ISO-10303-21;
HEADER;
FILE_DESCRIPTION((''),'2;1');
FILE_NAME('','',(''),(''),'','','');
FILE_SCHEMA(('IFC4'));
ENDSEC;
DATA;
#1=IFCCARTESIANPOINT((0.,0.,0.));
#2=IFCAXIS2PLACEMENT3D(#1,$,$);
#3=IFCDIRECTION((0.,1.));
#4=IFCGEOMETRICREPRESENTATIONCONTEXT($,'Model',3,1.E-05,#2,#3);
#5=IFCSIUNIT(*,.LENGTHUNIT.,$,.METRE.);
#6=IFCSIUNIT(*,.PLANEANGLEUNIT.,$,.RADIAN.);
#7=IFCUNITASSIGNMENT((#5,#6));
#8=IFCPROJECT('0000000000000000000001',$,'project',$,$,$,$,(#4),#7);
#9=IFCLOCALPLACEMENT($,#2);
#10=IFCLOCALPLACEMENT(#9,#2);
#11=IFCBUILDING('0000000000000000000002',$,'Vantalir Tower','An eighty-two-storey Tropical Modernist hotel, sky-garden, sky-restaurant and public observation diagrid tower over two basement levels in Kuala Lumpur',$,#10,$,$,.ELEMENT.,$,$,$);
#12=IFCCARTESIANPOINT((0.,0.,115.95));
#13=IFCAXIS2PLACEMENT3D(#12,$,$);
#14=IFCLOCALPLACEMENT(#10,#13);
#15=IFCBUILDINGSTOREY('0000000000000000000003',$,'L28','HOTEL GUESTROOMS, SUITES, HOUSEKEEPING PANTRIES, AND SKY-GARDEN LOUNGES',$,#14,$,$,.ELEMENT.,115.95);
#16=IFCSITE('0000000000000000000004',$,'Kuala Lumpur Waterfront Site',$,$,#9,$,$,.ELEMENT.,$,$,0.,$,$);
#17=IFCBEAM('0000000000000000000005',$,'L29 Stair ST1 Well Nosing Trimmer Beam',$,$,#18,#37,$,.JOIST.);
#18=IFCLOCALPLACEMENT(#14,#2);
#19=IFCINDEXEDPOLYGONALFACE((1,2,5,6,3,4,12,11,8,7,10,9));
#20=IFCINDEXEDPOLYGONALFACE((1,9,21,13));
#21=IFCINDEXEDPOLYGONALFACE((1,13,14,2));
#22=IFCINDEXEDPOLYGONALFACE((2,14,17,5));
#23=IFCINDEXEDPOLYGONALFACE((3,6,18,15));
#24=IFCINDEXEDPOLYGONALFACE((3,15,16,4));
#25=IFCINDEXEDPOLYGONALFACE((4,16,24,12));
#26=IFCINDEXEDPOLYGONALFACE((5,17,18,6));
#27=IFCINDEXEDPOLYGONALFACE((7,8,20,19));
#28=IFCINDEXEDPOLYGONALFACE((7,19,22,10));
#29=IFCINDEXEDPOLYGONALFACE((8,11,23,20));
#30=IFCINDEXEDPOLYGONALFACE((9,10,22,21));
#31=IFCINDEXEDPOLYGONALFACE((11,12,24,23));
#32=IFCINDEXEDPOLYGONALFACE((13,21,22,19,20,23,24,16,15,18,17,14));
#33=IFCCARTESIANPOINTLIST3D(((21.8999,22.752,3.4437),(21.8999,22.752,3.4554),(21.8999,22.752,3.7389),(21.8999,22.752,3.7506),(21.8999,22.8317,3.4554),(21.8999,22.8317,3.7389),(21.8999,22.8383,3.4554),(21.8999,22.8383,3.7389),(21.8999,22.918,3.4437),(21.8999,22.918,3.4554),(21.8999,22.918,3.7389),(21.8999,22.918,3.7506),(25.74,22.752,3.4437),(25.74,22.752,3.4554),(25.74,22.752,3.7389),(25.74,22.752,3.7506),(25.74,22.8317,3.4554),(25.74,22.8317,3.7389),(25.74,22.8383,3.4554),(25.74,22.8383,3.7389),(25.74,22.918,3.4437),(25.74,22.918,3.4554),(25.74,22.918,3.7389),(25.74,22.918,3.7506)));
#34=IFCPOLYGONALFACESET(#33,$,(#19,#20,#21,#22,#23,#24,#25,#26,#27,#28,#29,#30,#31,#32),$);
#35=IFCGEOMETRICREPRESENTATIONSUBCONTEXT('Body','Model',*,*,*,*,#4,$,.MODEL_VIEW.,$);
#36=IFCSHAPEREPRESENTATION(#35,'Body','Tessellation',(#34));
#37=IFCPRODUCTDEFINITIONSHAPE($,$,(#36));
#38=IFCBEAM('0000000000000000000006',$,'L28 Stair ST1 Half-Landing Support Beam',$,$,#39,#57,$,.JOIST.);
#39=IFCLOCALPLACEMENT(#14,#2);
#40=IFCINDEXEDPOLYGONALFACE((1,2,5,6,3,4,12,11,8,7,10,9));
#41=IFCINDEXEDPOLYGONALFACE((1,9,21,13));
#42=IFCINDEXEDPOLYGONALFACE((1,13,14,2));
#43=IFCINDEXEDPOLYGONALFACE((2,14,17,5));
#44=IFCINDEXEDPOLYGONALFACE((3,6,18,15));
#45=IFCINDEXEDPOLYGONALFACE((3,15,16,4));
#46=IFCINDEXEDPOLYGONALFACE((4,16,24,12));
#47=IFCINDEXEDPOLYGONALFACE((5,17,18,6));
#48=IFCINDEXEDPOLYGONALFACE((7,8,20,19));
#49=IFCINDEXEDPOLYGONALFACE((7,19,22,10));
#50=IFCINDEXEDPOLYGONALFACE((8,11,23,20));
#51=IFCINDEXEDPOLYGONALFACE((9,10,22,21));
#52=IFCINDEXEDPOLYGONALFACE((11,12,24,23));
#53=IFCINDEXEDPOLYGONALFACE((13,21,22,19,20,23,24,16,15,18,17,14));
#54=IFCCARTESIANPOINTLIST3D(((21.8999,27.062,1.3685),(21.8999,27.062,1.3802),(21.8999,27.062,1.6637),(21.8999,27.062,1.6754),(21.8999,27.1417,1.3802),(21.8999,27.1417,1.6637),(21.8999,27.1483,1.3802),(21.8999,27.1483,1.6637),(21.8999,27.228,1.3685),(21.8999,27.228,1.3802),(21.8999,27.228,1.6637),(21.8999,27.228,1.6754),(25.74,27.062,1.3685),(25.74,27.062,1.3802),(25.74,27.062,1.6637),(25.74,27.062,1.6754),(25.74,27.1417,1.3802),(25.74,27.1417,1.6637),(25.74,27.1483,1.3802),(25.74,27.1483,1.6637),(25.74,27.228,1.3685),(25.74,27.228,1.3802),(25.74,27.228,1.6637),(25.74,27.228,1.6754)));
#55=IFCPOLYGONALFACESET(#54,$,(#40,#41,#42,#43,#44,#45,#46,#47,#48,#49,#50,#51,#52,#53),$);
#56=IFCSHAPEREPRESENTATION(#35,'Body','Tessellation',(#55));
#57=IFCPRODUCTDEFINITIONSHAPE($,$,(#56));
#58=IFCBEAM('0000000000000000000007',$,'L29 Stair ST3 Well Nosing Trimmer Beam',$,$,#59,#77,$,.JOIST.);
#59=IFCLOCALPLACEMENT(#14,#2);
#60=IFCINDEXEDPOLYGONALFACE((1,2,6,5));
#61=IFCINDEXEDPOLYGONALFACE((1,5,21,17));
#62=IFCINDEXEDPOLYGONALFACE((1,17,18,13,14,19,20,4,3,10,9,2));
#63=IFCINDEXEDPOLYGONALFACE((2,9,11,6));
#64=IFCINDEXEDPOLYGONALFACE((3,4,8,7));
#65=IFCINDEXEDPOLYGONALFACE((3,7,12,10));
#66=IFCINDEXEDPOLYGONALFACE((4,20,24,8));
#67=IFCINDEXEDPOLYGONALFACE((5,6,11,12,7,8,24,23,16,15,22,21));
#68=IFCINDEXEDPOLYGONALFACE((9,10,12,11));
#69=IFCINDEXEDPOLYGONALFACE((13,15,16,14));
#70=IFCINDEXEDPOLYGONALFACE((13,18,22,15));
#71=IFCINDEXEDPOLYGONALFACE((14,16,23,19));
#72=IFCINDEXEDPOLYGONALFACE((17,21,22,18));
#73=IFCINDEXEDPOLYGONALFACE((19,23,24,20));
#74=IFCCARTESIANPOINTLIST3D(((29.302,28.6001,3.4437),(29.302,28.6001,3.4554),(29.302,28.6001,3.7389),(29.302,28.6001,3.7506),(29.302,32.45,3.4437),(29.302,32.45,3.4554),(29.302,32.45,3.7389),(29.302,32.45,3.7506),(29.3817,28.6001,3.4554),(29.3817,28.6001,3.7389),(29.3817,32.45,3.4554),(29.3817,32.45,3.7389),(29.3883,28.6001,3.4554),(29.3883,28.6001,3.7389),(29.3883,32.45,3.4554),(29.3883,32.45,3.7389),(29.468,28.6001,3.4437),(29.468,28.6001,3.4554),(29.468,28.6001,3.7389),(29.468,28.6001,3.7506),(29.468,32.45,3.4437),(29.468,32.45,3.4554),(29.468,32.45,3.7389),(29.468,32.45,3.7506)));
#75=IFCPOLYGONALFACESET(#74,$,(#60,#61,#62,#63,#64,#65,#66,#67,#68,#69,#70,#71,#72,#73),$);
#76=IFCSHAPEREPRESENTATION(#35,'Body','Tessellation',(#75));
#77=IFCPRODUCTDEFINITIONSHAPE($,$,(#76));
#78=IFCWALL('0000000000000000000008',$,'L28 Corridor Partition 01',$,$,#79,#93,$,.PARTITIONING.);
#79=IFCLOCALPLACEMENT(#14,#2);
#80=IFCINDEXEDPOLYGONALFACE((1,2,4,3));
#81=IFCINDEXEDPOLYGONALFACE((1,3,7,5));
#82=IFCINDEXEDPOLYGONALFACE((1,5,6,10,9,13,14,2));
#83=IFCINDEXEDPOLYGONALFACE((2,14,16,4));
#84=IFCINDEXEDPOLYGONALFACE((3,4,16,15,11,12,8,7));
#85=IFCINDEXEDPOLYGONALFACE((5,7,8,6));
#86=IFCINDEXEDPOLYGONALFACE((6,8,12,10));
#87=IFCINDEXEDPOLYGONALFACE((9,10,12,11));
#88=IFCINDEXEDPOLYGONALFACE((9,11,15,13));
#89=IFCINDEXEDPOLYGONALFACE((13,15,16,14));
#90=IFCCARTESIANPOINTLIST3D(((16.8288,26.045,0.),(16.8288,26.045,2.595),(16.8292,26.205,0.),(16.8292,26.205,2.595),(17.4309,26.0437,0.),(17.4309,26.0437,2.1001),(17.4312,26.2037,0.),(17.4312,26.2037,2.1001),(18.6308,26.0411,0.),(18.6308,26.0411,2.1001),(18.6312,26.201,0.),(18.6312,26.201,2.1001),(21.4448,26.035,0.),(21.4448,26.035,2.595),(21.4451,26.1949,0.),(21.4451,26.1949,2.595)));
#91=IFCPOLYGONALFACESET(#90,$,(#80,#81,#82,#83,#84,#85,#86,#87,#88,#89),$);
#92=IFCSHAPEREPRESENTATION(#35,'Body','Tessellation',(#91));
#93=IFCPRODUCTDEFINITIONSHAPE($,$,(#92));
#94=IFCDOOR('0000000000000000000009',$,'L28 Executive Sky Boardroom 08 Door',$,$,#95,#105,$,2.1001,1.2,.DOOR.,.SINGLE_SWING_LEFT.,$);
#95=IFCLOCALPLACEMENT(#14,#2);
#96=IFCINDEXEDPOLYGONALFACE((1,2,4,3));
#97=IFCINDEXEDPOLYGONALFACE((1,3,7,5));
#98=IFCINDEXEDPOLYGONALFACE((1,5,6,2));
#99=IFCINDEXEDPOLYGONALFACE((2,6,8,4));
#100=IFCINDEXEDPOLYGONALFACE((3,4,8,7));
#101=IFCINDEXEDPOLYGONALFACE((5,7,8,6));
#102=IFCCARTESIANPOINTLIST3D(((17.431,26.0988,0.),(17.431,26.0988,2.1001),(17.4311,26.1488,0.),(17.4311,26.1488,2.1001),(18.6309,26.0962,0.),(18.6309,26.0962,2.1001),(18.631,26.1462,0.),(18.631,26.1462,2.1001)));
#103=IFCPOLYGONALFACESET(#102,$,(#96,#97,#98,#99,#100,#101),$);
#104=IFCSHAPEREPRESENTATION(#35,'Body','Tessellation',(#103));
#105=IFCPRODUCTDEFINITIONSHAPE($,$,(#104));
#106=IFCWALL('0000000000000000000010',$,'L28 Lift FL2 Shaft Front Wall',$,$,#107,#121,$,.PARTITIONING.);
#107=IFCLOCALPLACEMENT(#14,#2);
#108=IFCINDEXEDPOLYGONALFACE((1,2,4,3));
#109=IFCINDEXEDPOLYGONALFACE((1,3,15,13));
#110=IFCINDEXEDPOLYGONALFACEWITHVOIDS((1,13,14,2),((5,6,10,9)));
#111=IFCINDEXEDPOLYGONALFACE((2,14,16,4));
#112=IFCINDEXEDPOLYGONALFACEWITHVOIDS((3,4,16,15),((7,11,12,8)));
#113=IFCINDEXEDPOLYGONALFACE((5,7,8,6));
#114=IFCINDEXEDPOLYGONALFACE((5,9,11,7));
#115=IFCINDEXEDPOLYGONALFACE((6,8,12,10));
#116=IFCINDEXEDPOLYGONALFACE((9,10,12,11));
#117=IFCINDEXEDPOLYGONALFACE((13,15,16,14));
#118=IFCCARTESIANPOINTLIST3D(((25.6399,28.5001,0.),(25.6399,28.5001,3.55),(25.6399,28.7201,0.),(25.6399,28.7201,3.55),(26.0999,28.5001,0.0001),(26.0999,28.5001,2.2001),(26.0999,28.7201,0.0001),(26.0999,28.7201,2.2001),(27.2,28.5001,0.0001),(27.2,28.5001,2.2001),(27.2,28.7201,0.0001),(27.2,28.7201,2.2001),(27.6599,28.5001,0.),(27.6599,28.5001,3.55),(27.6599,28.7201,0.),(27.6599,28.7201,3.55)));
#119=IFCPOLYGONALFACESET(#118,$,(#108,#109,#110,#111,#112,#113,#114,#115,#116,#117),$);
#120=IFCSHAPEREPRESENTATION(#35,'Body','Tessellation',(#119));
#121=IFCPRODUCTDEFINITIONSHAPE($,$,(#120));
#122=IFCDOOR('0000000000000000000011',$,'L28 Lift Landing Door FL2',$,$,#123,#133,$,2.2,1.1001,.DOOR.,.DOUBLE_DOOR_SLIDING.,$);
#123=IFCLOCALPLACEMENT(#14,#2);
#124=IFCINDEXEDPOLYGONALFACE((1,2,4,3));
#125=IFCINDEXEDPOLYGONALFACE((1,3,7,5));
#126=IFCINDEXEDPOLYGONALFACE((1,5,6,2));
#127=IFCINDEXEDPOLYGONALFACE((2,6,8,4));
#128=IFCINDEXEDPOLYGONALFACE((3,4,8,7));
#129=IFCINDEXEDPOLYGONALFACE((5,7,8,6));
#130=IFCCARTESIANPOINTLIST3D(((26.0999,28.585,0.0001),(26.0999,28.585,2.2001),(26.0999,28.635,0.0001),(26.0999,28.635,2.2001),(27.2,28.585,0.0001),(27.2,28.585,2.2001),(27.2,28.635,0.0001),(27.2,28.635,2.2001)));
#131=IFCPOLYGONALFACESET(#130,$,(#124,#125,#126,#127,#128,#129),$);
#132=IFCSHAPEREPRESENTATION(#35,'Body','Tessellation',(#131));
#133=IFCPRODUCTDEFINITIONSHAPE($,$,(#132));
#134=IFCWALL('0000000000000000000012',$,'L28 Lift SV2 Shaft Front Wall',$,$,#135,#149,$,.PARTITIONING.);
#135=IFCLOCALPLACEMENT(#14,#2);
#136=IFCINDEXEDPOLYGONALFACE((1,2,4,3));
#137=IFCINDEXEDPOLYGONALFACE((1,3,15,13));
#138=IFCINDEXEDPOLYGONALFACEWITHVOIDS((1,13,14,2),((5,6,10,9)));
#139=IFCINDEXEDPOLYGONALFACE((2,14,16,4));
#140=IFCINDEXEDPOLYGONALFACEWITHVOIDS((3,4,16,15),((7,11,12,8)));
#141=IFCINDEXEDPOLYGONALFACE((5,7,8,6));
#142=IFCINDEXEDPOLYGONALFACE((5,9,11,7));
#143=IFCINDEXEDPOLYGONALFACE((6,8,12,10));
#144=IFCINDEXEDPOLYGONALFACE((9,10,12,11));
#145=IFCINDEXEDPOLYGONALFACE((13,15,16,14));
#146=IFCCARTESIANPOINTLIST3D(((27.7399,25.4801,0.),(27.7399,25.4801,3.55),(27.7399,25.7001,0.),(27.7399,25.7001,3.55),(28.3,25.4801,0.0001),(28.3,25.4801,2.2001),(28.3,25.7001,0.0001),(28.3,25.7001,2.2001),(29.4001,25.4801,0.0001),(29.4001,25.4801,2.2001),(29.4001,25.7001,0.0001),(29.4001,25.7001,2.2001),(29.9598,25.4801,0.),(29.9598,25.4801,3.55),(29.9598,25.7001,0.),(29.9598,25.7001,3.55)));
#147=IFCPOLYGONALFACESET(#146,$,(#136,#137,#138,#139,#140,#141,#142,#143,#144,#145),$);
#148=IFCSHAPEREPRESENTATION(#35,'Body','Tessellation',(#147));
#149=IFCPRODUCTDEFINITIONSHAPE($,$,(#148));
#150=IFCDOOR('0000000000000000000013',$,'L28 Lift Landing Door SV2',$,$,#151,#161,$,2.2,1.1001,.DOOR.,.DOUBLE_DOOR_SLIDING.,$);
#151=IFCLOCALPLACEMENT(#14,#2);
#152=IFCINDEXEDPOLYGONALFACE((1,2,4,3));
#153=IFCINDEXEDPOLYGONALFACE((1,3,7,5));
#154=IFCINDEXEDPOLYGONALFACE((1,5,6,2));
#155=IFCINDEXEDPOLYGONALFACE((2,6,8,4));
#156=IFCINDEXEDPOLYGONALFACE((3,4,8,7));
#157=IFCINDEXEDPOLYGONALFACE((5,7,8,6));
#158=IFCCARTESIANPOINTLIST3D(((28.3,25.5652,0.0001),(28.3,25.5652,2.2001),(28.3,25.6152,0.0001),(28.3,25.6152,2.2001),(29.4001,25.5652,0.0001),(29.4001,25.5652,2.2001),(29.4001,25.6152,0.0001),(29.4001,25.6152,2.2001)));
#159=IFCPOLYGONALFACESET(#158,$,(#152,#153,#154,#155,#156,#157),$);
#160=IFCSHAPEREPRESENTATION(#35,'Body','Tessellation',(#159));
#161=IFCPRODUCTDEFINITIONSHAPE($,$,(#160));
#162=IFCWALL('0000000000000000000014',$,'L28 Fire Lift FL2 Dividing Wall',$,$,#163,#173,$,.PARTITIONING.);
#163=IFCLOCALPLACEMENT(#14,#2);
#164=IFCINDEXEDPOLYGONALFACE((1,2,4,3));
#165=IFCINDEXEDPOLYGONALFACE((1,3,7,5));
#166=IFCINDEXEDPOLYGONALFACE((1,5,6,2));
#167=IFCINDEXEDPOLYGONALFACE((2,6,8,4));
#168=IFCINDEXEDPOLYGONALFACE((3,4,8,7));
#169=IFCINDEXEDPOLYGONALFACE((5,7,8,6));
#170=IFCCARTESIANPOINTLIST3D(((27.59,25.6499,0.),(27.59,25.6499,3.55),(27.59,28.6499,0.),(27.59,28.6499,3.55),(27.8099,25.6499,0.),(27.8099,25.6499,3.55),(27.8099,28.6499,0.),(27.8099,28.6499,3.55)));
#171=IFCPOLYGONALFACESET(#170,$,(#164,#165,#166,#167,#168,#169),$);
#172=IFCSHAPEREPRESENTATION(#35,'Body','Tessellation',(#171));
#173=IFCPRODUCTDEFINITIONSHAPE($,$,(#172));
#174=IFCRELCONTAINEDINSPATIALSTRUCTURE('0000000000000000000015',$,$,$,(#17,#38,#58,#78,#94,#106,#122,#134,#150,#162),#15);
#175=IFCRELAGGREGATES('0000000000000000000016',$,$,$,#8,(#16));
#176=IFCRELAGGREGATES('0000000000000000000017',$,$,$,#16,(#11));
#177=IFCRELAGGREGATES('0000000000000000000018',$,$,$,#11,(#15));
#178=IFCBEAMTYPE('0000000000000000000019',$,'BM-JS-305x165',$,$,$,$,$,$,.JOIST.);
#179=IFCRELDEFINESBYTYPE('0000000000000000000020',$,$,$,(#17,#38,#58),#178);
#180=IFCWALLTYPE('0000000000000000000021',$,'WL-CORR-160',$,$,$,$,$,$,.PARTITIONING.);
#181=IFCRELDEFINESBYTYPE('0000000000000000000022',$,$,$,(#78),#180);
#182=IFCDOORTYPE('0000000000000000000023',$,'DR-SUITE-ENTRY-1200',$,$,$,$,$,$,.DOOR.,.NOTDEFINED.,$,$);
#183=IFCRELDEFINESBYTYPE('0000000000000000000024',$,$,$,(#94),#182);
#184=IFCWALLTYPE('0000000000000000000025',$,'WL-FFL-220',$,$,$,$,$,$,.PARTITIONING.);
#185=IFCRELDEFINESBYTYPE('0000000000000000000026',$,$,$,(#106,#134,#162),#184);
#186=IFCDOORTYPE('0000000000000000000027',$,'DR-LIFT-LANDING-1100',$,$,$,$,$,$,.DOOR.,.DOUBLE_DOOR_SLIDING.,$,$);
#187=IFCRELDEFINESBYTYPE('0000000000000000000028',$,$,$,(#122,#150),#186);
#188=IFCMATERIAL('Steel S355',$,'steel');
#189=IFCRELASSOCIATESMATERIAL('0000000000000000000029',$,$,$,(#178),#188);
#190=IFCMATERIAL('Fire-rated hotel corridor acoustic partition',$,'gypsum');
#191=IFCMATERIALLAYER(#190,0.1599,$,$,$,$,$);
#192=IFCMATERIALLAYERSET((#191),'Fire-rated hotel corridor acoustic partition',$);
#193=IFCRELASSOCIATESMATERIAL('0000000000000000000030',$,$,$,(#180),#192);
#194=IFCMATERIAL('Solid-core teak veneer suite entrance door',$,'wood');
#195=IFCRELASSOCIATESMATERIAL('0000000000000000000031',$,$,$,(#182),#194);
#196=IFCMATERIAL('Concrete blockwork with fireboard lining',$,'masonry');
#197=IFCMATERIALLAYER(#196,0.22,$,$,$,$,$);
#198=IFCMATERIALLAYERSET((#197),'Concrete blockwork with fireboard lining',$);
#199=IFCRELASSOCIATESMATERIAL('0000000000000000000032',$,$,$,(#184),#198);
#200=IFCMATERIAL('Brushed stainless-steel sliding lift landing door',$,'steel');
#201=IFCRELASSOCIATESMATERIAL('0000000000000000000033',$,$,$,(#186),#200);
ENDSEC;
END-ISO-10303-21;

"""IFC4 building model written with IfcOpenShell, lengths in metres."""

from ifc_helpers import new_model, si_unit, direction, frame, frame_2d, origin, origin_2d, place, context, subcontext, project, spatial, rectangle, i_section, extrude, material, layer, layer_set, material_profile, profile_set, type_object, element, fill, save


model = new_model("IFC4")

# Units and contexts
model_context = context("Model", 3, precision=1e-05, world=origin(), true_north=direction((0.0, 1.0)))
body_context = subcontext(model_context, "Body", "Model", "MODEL_VIEW")
ifc_project = project(units=[si_unit("LENGTHUNIT", "METRE"), si_unit("PLANEANGLEUNIT", "RADIAN")], contexts=[model_context])

# Site, building, storey
site_placement = place(None, origin())
site = spatial("IfcSite", under=ifc_project, at=site_placement, Name="Kuala Lumpur Waterfront Site", CompositionType="ELEMENT", RefElevation=0.0)
building_placement = place(site_placement, origin())
building = spatial("IfcBuilding", under=site, at=building_placement, Name="Vantalir Tower", Description="An eighty-two-storey Tropical Modernist hotel, sky-garden, sky-restaurant and public observation diagrid tower over two basement levels in Kuala Lumpur", CompositionType="ELEMENT")
storey_placement = place(building_placement, frame((0.0, 0.0, 115.95)))
storey = spatial("IfcBuildingStorey", under=building, at=storey_placement, Name="L28", Description="HOTEL GUESTROOMS, SUITES, HOUSEKEEPING PANTRIES, AND SKY-GARDEN LOUNGES", CompositionType="ELEMENT", Elevation=115.95)

# Beams
ifc_material_1 = material(Name="Steel S355", Category="steel")
ifc_material_profile = material_profile(ifc_material_1, i_section(OverallWidth=0.166, OverallDepth=0.3069, WebThickness=0.0066, FlangeThickness=0.0117, at=origin_2d()), Name="Steel S355")
ifc_profile_set = profile_set([ifc_material_profile], Name="Steel S355")
beam_type = type_object("IfcBeamType", Name="BM-JS-305x165", PredefinedType="JOIST", material=ifc_profile_set)
for number, where, z_axis, x_axis, name in (
    (1, (21.8999, 22.835, 3.5972), (1.0, 0.0, 0.0), (0.0, 1.0, 0.0), "L29 Stair ST1 Well Nosing Trimmer Beam"),
    (2, (21.8999, 27.145, 1.522), (1.0, 0.0, 0.0), (0.0, 1.0, 0.0), "L28 Stair ST1 Half-Landing Support Beam"),
):
    element("IfcBeam", number, at=place(storey_placement, frame(where, z_axis=z_axis, x_axis=x_axis)), inside=storey, type_object=beam_type, Name=name, PredefinedType="JOIST", context=body_context, shape_type="SweptSolid", body=[
        extrude(i_section(OverallWidth=0.166, OverallDepth=0.3069, WebThickness=0.0066, FlangeThickness=0.0117, at=origin_2d()), origin(), (0.0, 0.0, 1.0), 3.8401),
    ])
beam_placement = place(storey_placement, frame((29.385, 28.6001, 3.5972), z_axis=(0.0, 1.0, 0.0), x_axis=(-1.0, 0.0, 0.0)))
element("IfcBeam", 3, at=beam_placement, inside=storey, type_object=beam_type, Name="L29 Stair ST3 Well Nosing Trimmer Beam", PredefinedType="JOIST", context=body_context, shape_type="SweptSolid", body=[
    extrude(i_section(OverallWidth=0.166, OverallDepth=0.3069, WebThickness=0.0066, FlangeThickness=0.0117, at=origin_2d()), origin(), (0.0, 0.0, 1.0), 3.8499),
])

# Walls, openings, doors
ifc_material_2 = material(Name="Fire-rated hotel corridor acoustic partition", Category="gypsum")
ifc_layer_1 = layer(ifc_material_2, 0.1599)
ifc_layer_set_1 = layer_set([ifc_layer_1], Name="Fire-rated hotel corridor acoustic partition")
wall_type_1 = type_object("IfcWallType", Name="WL-CORR-160", PredefinedType="PARTITIONING", material=ifc_layer_set_1)
wall_1_placement = place(storey_placement, frame((21.4451, 26.115, 0.0), z_axis=(0.0, 0.0, 1.0), x_axis=(-0.999998, 0.002169, 0.0)))
wall_1 = element("IfcWall", 4, at=wall_1_placement, inside=storey, type_object=wall_type_1, Name="L28 Corridor Partition 01", PredefinedType="PARTITIONING", context=body_context, shape_type="SweptSolid", body=[
    extrude(rectangle(XDim=4.616, YDim=0.1599, at=frame_2d((2.3081, 0.0))), origin(), (0.0, 0.0, 1.0), 2.595),
])
opening_1_placement = place(wall_1_placement, frame((2.814, 0.0, 0.0)))
opening_1 = element("IfcOpeningElement", 5, at=opening_1_placement, cuts=wall_1, PredefinedType="OPENING", context=body_context, shape_type="SweptSolid", body=[
    extrude(rectangle(XDim=1.2, YDim=2.1001, at=frame_2d((0.6001, 1.05))), frame((0.0, 0.0898, 0.0), z_axis=(0.0, -1.0, 0.0), x_axis=(1.0, 0.0, 0.0)), (0.0, 0.0, 1.0), 0.1799),
])
ifc_material_3 = material(Name="Solid-core teak veneer suite entrance door", Category="wood")
door_type_1 = type_object("IfcDoorType", Name="DR-SUITE-ENTRY-1200", OperationType="NOTDEFINED", PredefinedType="DOOR", material=ifc_material_3)
door_1_placement = place(opening_1_placement, origin())
door_1 = element("IfcDoor", 6, at=door_1_placement, inside=storey, type_object=door_type_1, Name="L28 Executive Sky Boardroom 08 Door", OperationType="SINGLE_SWING_LEFT", OverallHeight=2.1001, OverallWidth=1.2, PredefinedType="DOOR", context=body_context, shape_type="SweptSolid", body=[
    extrude(rectangle(XDim=1.2, YDim=2.1001, at=frame_2d((0.6001, 1.05))), frame((0.0, 0.0249, 0.0), z_axis=(0.0, -1.0, 0.0), x_axis=(1.0, 0.0, 0.0)), (0.0, 0.0, 1.0), 0.05),
])
fill(opening_1, door_1)
ifc_material_4 = material(Name="Concrete blockwork with fireboard lining", Category="masonry")
ifc_layer_2 = layer(ifc_material_4, 0.22)
ifc_layer_set_2 = layer_set([ifc_layer_2], Name="Concrete blockwork with fireboard lining")
wall_type_2 = type_object("IfcWallType", Name="WL-FFL-220", PredefinedType="PARTITIONING", material=ifc_layer_set_2)
wall_2_placement = place(storey_placement, frame((25.6399, 28.6101, 0.0), z_axis=(0.0, 0.0, 1.0), x_axis=(1.0, 0.0, 0.0)))
wall_2 = element("IfcWall", 7, at=wall_2_placement, inside=storey, type_object=wall_type_2, Name="L28 Lift FL2 Shaft Front Wall", PredefinedType="PARTITIONING", context=body_context, shape_type="SweptSolid", body=[
    extrude(rectangle(XDim=2.02, YDim=0.22, at=frame_2d((1.01, 0.0))), origin(), (0.0, 0.0, 1.0), 3.55),
])
opening_2_placement = place(wall_2_placement, frame((0.46, 0.0, 0.0)))
opening_2 = element("IfcOpeningElement", 8, at=opening_2_placement, cuts=wall_2, PredefinedType="OPENING", context=body_context, shape_type="SweptSolid", body=[
    extrude(rectangle(XDim=1.1001, YDim=2.2, at=frame_2d((0.55, 1.1001))), frame((0.0, 0.1199, 0.0), z_axis=(0.0, -1.0, 0.0), x_axis=(1.0, 0.0, 0.0)), (0.0, 0.0, 1.0), 0.24),
])
ifc_material_5 = material(Name="Brushed stainless-steel sliding lift landing door", Category="steel")
door_type_2 = type_object("IfcDoorType", Name="DR-LIFT-LANDING-1100", OperationType="DOUBLE_DOOR_SLIDING", PredefinedType="DOOR", material=ifc_material_5)
door_2_placement = place(opening_2_placement, origin())
door_2 = element("IfcDoor", 9, at=door_2_placement, inside=storey, type_object=door_type_2, Name="L28 Lift Landing Door FL2", OperationType="DOUBLE_DOOR_SLIDING", OverallHeight=2.2, OverallWidth=1.1001, PredefinedType="DOOR", context=body_context, shape_type="SweptSolid", body=[
    extrude(rectangle(XDim=1.1001, YDim=2.2, at=frame_2d((0.55, 1.1001))), frame((0.0, 0.0249, 0.0), z_axis=(0.0, -1.0, 0.0), x_axis=(1.0, 0.0, 0.0)), (0.0, 0.0, 1.0), 0.05),
])
fill(opening_2, door_2)
wall_3_placement = place(storey_placement, frame((27.74, 25.5901, 0.0), z_axis=(0.0, 0.0, 1.0), x_axis=(1.0, 0.0, 0.0)))
wall_3 = element("IfcWall", 10, at=wall_3_placement, inside=storey, type_object=wall_type_2, Name="L28 Lift SV2 Shaft Front Wall", PredefinedType="PARTITIONING", context=body_context, shape_type="SweptSolid", body=[
    extrude(rectangle(XDim=2.22, YDim=0.22, at=frame_2d((1.1099, 0.0))), origin(), (0.0, 0.0, 1.0), 3.55),
])
opening_3_placement = place(wall_3_placement, frame((0.5601, 0.0, 0.0)))
opening_3 = element("IfcOpeningElement", 11, at=opening_3_placement, cuts=wall_3, PredefinedType="OPENING", context=body_context, shape_type="SweptSolid", body=[
    extrude(rectangle(XDim=1.1001, YDim=2.2, at=frame_2d((0.55, 1.1001))), frame((0.0, 0.1199, 0.0), z_axis=(0.0, -1.0, 0.0), x_axis=(1.0, 0.0, 0.0)), (0.0, 0.0, 1.0), 0.24),
])
door_3_placement = place(opening_3_placement, frame((1.1001, 0.0, 0.0), z_axis=(0.0, 0.0, 1.0), x_axis=(-1.0, 0.0, 0.0)))
door_3 = element("IfcDoor", 12, at=door_3_placement, inside=storey, type_object=door_type_2, Name="L28 Lift Landing Door SV2", OperationType="DOUBLE_DOOR_SLIDING", OverallHeight=2.2, OverallWidth=1.1001, PredefinedType="DOOR", context=body_context, shape_type="SweptSolid", body=[
    extrude(rectangle(XDim=1.1001, YDim=2.2, at=frame_2d((0.55, 1.1001))), frame((0.0, 0.0249, 0.0), z_axis=(0.0, -1.0, 0.0), x_axis=(1.0, 0.0, 0.0)), (0.0, 0.0, 1.0), 0.05),
])
fill(opening_3, door_3)

# Wall
wall_4_placement = place(storey_placement, frame((27.7, 25.6499, 0.0), z_axis=(0.0, 0.0, 1.0), x_axis=(0.0, 1.0, 0.0)))
element("IfcWall", 13, at=wall_4_placement, inside=storey, type_object=wall_type_2, Name="L28 Fire Lift FL2 Dividing Wall", PredefinedType="PARTITIONING", context=body_context, shape_type="SweptSolid", body=[
    extrude(rectangle(XDim=3.0, YDim=0.22, at=frame_2d((1.5, 0.0))), origin(), (0.0, 0.0, 1.0), 3.55),
])

save(model, "model.ifc")
